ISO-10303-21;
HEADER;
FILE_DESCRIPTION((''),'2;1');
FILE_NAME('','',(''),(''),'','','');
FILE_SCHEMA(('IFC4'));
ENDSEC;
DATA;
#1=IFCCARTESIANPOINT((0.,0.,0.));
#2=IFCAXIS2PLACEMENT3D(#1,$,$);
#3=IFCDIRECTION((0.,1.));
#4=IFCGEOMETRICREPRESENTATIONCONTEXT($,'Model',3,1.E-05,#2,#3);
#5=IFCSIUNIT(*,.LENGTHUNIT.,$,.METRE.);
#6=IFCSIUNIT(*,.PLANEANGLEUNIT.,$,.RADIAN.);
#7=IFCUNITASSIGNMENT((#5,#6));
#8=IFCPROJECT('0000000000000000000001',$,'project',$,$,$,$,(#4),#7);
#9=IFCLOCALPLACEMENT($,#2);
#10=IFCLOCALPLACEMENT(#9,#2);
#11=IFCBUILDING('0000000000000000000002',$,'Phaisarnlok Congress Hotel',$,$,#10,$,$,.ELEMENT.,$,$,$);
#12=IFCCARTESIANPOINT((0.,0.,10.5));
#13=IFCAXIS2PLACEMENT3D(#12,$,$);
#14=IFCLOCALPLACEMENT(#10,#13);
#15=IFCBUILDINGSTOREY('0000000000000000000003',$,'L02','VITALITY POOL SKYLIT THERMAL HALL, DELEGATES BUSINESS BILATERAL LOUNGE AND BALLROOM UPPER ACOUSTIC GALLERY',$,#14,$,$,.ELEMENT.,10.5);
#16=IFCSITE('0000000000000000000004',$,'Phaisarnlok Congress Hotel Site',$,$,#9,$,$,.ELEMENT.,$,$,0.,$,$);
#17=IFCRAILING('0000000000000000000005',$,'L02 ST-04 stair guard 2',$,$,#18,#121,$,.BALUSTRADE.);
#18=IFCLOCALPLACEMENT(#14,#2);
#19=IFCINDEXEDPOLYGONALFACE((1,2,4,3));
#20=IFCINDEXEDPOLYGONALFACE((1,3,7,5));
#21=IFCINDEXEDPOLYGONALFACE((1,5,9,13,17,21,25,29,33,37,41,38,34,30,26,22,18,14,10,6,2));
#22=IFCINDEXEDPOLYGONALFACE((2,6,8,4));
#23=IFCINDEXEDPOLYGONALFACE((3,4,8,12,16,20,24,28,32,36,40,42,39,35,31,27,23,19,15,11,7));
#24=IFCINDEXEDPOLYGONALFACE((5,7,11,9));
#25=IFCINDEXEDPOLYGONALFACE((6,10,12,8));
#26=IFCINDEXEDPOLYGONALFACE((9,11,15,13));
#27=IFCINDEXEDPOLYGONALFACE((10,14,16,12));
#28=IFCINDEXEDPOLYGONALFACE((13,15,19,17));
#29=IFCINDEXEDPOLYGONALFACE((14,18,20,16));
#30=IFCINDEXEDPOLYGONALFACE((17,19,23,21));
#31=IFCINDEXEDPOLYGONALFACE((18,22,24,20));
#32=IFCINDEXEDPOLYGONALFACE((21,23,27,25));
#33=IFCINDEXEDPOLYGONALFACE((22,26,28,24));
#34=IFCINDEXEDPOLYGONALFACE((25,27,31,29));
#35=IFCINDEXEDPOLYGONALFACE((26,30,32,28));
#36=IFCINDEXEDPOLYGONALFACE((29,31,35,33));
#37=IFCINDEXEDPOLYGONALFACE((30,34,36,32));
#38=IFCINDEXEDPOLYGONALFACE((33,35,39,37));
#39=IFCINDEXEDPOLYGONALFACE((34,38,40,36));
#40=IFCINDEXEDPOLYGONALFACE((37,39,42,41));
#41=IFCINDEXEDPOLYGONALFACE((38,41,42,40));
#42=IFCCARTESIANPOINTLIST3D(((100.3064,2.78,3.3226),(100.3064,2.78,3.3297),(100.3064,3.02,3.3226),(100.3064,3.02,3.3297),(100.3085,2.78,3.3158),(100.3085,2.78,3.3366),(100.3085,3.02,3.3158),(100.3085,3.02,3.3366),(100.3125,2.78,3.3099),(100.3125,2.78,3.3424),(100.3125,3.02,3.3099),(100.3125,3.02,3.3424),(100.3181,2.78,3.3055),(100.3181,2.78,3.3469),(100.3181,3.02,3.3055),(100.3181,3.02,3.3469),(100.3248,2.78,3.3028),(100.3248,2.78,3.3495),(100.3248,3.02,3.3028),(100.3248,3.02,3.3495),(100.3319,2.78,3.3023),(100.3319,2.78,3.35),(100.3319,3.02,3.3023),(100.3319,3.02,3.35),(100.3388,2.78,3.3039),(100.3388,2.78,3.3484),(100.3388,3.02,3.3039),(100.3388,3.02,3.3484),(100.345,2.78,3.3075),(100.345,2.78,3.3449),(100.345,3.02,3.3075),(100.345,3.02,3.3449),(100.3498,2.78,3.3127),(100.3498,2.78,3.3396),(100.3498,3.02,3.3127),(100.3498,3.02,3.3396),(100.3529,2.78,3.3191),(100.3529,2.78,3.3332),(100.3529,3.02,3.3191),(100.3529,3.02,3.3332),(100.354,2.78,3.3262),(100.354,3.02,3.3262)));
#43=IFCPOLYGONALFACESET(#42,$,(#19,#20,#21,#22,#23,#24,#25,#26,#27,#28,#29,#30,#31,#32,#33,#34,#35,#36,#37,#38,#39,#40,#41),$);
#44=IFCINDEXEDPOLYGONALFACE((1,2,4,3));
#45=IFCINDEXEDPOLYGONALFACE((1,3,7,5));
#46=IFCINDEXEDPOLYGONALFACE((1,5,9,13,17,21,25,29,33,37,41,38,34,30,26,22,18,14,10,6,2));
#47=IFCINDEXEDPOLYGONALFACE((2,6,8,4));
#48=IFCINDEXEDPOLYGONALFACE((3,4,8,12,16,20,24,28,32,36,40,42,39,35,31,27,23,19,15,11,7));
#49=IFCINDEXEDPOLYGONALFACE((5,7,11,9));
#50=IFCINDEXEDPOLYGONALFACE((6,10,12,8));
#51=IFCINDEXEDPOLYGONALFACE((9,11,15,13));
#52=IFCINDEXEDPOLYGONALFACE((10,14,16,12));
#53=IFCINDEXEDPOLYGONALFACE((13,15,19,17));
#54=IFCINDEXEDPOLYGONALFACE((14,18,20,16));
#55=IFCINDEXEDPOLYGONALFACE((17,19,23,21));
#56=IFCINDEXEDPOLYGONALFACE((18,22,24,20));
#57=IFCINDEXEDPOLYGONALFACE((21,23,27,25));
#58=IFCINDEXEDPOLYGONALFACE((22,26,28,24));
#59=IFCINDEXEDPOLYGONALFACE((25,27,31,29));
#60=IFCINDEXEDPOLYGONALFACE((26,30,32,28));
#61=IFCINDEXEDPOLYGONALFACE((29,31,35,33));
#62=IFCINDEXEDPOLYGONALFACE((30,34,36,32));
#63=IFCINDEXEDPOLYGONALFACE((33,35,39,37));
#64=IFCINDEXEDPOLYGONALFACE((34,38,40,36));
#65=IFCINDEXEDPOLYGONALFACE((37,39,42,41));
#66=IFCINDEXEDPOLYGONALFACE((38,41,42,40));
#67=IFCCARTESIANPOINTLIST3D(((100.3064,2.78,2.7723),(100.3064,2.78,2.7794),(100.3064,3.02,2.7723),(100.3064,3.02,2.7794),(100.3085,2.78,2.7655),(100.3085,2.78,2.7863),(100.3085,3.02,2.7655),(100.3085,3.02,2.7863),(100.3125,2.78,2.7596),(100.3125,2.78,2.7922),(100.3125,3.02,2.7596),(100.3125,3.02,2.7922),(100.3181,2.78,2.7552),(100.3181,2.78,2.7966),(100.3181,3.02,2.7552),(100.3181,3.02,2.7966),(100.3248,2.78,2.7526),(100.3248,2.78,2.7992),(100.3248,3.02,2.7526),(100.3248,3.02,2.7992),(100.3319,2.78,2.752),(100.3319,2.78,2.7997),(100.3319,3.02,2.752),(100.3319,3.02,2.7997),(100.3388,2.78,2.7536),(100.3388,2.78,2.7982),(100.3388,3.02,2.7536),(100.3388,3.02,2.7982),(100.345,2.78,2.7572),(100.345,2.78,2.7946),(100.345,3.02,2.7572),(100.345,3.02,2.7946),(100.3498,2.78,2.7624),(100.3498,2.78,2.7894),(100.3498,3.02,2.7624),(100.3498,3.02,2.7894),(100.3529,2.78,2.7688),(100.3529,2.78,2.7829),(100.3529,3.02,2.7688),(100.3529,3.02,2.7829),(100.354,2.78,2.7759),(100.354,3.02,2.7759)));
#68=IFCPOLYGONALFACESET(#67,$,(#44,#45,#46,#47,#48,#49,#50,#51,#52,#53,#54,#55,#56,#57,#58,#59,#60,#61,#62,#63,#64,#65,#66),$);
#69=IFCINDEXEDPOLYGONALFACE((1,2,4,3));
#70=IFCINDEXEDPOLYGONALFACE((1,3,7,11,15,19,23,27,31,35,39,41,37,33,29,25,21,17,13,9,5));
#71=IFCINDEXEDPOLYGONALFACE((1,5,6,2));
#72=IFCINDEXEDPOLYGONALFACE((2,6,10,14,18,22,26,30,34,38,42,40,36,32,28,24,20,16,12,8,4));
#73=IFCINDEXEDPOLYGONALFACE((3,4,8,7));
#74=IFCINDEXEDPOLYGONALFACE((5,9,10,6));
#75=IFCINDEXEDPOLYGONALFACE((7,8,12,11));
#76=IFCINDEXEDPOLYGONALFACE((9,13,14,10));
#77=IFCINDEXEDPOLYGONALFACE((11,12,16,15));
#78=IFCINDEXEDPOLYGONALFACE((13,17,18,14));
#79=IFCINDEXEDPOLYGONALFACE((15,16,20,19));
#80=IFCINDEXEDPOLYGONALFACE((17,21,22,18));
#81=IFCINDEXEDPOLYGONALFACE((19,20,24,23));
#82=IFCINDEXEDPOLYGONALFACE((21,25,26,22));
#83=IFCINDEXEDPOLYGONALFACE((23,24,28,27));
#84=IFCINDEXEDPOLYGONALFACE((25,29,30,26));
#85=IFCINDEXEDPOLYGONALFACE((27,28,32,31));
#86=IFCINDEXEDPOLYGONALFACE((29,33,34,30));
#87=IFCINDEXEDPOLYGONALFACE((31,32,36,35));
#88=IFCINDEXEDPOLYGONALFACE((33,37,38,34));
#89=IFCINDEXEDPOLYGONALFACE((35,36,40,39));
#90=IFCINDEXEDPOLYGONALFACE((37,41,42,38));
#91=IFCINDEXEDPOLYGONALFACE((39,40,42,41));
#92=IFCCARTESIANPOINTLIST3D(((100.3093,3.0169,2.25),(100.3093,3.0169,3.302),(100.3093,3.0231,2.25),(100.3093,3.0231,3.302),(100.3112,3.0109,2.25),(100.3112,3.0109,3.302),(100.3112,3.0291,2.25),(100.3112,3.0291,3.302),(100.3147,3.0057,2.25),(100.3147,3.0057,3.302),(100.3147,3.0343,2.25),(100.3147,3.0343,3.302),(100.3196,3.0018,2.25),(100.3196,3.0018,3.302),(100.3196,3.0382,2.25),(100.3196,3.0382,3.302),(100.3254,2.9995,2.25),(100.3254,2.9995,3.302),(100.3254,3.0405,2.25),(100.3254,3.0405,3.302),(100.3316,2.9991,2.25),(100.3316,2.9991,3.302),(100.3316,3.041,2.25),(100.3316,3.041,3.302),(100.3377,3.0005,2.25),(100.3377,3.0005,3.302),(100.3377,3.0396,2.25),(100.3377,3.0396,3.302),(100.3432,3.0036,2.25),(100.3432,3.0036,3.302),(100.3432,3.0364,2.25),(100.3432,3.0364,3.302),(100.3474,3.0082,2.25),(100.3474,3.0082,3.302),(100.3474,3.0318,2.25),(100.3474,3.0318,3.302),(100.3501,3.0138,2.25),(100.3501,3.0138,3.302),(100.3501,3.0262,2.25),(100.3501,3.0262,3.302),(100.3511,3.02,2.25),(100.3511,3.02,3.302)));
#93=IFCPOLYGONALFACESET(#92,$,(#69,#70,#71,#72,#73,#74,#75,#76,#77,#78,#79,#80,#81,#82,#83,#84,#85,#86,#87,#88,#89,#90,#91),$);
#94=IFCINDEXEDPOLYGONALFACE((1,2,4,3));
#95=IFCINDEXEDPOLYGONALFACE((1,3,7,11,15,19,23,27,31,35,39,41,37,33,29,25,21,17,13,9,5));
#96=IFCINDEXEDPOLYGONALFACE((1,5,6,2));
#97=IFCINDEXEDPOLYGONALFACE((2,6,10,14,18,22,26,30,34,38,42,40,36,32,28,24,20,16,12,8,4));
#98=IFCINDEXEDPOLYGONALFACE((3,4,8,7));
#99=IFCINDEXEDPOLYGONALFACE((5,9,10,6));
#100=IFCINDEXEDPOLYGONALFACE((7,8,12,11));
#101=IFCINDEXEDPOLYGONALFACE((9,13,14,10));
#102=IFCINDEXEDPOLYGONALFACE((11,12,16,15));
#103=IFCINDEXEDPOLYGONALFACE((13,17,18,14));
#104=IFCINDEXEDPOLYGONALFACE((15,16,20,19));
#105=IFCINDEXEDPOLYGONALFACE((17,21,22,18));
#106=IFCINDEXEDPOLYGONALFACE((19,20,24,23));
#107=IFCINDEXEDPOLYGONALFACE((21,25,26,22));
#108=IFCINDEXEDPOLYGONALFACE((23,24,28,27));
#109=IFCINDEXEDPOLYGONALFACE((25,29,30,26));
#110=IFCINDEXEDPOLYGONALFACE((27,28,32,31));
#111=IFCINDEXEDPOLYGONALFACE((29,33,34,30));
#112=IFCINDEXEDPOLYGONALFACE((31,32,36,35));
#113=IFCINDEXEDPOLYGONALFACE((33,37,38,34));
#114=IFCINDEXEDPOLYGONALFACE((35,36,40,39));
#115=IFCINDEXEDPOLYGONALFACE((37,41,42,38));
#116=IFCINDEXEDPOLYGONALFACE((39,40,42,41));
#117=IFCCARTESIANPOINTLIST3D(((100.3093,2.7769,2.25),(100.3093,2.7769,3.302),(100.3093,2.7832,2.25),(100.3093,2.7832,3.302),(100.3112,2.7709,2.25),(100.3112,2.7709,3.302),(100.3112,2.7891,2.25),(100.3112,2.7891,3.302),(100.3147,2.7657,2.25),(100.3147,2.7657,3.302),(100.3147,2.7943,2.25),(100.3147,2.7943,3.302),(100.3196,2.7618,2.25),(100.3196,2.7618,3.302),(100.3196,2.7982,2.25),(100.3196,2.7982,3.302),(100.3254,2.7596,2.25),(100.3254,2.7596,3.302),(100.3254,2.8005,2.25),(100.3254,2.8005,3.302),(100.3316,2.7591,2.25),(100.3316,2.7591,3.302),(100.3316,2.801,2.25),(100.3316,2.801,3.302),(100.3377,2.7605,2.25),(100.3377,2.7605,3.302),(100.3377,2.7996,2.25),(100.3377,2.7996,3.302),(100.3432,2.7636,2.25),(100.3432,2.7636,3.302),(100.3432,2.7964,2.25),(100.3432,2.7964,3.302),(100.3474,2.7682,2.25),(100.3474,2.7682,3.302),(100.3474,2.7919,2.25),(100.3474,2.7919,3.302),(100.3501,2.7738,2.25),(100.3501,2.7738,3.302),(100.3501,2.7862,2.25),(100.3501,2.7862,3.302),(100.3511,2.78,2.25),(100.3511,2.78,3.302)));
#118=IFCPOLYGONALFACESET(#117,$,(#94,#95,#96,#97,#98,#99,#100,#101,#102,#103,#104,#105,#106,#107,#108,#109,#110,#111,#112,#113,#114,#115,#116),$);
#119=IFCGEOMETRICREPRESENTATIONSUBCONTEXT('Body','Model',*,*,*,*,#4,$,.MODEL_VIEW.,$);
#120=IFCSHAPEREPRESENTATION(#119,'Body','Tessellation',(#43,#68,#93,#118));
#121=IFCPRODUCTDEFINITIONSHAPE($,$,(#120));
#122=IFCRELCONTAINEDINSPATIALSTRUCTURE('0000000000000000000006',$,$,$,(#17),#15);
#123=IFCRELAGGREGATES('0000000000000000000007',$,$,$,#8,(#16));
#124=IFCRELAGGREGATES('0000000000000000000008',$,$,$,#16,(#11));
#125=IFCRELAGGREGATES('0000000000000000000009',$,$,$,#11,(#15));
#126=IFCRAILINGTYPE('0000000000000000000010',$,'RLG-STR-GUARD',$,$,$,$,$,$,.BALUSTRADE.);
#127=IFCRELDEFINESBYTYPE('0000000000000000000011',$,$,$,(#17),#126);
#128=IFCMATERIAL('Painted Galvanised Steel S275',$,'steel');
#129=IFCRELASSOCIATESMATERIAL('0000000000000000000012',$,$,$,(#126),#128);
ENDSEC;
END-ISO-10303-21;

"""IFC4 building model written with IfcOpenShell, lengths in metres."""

from ifc_helpers import new_model, si_unit, direction, frame, origin, origin_2d, place, context, subcontext, project, spatial, circle, extrude, material, type_object, element, save


model = new_model("IFC4")

# Units and contexts
model_context = context("Model", 3, precision=1e-05, world=origin(), true_north=direction((0.0, 1.0)))
body_context = subcontext(model_context, "Body", "Model", "MODEL_VIEW")
ifc_project = project(units=[si_unit("LENGTHUNIT", "METRE"), si_unit("PLANEANGLEUNIT", "RADIAN")], contexts=[model_context])

# Site, building, storey
site_placement = place(None, origin())
site = spatial("IfcSite", under=ifc_project, at=site_placement, Name="Phaisarnlok Congress Hotel Site", CompositionType="ELEMENT", RefElevation=0.0)
building_placement = place(site_placement, origin())
building = spatial("IfcBuilding", under=site, at=building_placement, Name="Phaisarnlok Congress Hotel", CompositionType="ELEMENT")
storey_placement = place(building_placement, frame((0.0, 0.0, 10.5)))
storey = spatial("IfcBuildingStorey", under=building, at=storey_placement, Name="L02", Description="VITALITY POOL SKYLIT THERMAL HALL, DELEGATES BUSINESS BILATERAL LOUNGE AND BALLROOM UPPER ACOUSTIC GALLERY", CompositionType="ELEMENT", Elevation=10.5)

# Railing
ifc_material_1 = material(Name="Painted Galvanised Steel S275", Category="steel")
railing_type_1 = type_object("IfcRailingType", Name="RLG-STR-GUARD", PredefinedType="BALUSTRADE", material=ifc_material_1)
railing_1_placement = place(storey_placement, frame((100.3301, 3.02, 2.25)))
element("IfcRailing", 1, at=railing_1_placement, inside=storey, type_object=railing_type_1, Name="L02 ST-04 stair guard 2", PredefinedType="BALUSTRADE", context=body_context, shape_type="SweptSolid", body=[
    extrude(circle(Radius=0.0239, at=origin_2d()), frame((0.0, 0.0, 1.0762), z_axis=(0.0, -1.0, 0.0), x_axis=(1.0, 0.0, 0.0)), (0.0, 0.0, 1.0), 0.24),
    extrude(circle(Radius=0.0239, at=origin_2d()), frame((0.0, 0.0, 0.5259), z_axis=(0.0, -1.0, 0.0), x_axis=(1.0, 0.0, 0.0)), (0.0, 0.0, 1.0), 0.24),
    extrude(circle(Radius=0.021, at=origin_2d()), origin(), (0.0, 0.0, 1.0), 1.052),
    extrude(circle(Radius=0.021, at=origin_2d()), frame((0.0, -0.24, 0.0)), (0.0, 0.0, 1.0), 1.052),
])

save(model, "model.ifc")
